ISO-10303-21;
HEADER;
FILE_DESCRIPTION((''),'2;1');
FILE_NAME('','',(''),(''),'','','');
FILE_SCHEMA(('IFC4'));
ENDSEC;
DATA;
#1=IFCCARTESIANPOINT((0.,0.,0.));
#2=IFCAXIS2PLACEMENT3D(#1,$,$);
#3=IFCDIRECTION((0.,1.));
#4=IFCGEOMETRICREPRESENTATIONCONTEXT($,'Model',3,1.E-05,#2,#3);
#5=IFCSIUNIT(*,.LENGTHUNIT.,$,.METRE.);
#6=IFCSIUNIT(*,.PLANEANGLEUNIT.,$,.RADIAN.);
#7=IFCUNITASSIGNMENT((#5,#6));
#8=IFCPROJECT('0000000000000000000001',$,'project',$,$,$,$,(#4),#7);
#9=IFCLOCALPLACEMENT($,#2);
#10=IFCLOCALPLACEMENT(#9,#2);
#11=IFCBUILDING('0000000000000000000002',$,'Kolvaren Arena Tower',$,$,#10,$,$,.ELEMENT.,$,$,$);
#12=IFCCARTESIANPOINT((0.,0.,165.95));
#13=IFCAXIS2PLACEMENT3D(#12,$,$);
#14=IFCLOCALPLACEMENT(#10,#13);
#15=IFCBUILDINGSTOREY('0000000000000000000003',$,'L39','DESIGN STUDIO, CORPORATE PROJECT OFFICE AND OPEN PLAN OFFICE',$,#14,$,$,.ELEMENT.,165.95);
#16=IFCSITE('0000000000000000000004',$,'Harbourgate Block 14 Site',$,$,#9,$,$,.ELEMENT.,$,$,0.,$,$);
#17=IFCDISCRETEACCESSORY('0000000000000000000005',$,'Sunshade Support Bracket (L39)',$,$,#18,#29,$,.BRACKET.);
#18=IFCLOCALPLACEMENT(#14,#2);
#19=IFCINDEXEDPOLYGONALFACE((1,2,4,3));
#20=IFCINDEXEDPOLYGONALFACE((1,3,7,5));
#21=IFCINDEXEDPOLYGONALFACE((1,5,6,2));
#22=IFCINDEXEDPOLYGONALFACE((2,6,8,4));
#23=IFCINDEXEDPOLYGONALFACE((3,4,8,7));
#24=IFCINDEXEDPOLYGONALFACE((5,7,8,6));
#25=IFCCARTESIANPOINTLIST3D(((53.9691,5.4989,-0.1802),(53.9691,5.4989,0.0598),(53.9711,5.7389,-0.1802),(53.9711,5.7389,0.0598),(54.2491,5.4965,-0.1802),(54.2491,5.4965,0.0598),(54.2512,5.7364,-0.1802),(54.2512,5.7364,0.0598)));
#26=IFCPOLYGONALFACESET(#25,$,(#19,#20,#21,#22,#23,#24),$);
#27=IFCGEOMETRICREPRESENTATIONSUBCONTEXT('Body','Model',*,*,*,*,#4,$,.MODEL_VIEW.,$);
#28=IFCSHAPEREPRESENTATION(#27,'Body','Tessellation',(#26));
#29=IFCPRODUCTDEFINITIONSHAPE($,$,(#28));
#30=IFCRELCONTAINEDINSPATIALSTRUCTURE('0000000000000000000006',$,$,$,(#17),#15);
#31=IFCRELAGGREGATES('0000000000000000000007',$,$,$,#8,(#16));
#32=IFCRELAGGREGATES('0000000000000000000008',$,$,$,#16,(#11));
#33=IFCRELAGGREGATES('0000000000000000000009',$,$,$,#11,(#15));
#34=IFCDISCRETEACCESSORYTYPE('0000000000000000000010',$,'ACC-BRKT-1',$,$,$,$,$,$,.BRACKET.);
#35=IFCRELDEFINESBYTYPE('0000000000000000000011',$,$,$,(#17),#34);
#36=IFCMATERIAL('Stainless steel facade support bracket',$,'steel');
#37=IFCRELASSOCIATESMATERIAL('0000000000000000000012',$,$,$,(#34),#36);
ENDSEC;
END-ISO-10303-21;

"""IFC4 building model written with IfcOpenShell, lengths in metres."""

from ifc_helpers import new_model, si_unit, direction, frame, origin, origin_2d, place, context, subcontext, project, spatial, rectangle, extrude, material, type_object, element, save


model = new_model("IFC4")

# Units and contexts
model_context = context("Model", 3, precision=1e-05, world=origin(), true_north=direction((0.0, 1.0)))
body_context = subcontext(model_context, "Body", "Model", "MODEL_VIEW")
ifc_project = project(units=[si_unit("LENGTHUNIT", "METRE"), si_unit("PLANEANGLEUNIT", "RADIAN")], contexts=[model_context])

# Site, building, storey
site_placement = place(None, origin())
site = spatial("IfcSite", under=ifc_project, at=site_placement, Name="Harbourgate Block 14 Site", CompositionType="ELEMENT", RefElevation=0.0)
building_placement = place(site_placement, origin())
building = spatial("IfcBuilding", under=site, at=building_placement, Name="Kolvaren Arena Tower", CompositionType="ELEMENT")
storey_placement = place(building_placement, frame((0.0, 0.0, 165.95)))
storey = spatial("IfcBuildingStorey", under=building, at=storey_placement, Name="L39", Description="DESIGN STUDIO, CORPORATE PROJECT OFFICE AND OPEN PLAN OFFICE", CompositionType="ELEMENT", Elevation=165.95)

# Discrete accessory
ifc_material_1 = material(Name="Stainless steel facade support bracket", Category="steel")
discrete_accessory_type = type_object("IfcDiscreteAccessoryType", Name="ACC-BRKT-1", PredefinedType="BRACKET", material=ifc_material_1)
discrete_accessory_placement = place(storey_placement, frame((54.1101, 5.6177, -0.1802), z_axis=(0.0, 0.0, 1.0), x_axis=(-0.999962, 0.008727, 0.0)))
element("IfcDiscreteAccessory", 1, at=discrete_accessory_placement, inside=storey, type_object=discrete_accessory_type, Name="Sunshade Support Bracket (L39)", PredefinedType="BRACKET", context=body_context, shape_type="SweptSolid", body=[
    extrude(rectangle(XDim=0.28, YDim=0.24, at=origin_2d()), origin(), (0.0, 0.0, 1.0), 0.24),
])

save(model, "model.ifc")
